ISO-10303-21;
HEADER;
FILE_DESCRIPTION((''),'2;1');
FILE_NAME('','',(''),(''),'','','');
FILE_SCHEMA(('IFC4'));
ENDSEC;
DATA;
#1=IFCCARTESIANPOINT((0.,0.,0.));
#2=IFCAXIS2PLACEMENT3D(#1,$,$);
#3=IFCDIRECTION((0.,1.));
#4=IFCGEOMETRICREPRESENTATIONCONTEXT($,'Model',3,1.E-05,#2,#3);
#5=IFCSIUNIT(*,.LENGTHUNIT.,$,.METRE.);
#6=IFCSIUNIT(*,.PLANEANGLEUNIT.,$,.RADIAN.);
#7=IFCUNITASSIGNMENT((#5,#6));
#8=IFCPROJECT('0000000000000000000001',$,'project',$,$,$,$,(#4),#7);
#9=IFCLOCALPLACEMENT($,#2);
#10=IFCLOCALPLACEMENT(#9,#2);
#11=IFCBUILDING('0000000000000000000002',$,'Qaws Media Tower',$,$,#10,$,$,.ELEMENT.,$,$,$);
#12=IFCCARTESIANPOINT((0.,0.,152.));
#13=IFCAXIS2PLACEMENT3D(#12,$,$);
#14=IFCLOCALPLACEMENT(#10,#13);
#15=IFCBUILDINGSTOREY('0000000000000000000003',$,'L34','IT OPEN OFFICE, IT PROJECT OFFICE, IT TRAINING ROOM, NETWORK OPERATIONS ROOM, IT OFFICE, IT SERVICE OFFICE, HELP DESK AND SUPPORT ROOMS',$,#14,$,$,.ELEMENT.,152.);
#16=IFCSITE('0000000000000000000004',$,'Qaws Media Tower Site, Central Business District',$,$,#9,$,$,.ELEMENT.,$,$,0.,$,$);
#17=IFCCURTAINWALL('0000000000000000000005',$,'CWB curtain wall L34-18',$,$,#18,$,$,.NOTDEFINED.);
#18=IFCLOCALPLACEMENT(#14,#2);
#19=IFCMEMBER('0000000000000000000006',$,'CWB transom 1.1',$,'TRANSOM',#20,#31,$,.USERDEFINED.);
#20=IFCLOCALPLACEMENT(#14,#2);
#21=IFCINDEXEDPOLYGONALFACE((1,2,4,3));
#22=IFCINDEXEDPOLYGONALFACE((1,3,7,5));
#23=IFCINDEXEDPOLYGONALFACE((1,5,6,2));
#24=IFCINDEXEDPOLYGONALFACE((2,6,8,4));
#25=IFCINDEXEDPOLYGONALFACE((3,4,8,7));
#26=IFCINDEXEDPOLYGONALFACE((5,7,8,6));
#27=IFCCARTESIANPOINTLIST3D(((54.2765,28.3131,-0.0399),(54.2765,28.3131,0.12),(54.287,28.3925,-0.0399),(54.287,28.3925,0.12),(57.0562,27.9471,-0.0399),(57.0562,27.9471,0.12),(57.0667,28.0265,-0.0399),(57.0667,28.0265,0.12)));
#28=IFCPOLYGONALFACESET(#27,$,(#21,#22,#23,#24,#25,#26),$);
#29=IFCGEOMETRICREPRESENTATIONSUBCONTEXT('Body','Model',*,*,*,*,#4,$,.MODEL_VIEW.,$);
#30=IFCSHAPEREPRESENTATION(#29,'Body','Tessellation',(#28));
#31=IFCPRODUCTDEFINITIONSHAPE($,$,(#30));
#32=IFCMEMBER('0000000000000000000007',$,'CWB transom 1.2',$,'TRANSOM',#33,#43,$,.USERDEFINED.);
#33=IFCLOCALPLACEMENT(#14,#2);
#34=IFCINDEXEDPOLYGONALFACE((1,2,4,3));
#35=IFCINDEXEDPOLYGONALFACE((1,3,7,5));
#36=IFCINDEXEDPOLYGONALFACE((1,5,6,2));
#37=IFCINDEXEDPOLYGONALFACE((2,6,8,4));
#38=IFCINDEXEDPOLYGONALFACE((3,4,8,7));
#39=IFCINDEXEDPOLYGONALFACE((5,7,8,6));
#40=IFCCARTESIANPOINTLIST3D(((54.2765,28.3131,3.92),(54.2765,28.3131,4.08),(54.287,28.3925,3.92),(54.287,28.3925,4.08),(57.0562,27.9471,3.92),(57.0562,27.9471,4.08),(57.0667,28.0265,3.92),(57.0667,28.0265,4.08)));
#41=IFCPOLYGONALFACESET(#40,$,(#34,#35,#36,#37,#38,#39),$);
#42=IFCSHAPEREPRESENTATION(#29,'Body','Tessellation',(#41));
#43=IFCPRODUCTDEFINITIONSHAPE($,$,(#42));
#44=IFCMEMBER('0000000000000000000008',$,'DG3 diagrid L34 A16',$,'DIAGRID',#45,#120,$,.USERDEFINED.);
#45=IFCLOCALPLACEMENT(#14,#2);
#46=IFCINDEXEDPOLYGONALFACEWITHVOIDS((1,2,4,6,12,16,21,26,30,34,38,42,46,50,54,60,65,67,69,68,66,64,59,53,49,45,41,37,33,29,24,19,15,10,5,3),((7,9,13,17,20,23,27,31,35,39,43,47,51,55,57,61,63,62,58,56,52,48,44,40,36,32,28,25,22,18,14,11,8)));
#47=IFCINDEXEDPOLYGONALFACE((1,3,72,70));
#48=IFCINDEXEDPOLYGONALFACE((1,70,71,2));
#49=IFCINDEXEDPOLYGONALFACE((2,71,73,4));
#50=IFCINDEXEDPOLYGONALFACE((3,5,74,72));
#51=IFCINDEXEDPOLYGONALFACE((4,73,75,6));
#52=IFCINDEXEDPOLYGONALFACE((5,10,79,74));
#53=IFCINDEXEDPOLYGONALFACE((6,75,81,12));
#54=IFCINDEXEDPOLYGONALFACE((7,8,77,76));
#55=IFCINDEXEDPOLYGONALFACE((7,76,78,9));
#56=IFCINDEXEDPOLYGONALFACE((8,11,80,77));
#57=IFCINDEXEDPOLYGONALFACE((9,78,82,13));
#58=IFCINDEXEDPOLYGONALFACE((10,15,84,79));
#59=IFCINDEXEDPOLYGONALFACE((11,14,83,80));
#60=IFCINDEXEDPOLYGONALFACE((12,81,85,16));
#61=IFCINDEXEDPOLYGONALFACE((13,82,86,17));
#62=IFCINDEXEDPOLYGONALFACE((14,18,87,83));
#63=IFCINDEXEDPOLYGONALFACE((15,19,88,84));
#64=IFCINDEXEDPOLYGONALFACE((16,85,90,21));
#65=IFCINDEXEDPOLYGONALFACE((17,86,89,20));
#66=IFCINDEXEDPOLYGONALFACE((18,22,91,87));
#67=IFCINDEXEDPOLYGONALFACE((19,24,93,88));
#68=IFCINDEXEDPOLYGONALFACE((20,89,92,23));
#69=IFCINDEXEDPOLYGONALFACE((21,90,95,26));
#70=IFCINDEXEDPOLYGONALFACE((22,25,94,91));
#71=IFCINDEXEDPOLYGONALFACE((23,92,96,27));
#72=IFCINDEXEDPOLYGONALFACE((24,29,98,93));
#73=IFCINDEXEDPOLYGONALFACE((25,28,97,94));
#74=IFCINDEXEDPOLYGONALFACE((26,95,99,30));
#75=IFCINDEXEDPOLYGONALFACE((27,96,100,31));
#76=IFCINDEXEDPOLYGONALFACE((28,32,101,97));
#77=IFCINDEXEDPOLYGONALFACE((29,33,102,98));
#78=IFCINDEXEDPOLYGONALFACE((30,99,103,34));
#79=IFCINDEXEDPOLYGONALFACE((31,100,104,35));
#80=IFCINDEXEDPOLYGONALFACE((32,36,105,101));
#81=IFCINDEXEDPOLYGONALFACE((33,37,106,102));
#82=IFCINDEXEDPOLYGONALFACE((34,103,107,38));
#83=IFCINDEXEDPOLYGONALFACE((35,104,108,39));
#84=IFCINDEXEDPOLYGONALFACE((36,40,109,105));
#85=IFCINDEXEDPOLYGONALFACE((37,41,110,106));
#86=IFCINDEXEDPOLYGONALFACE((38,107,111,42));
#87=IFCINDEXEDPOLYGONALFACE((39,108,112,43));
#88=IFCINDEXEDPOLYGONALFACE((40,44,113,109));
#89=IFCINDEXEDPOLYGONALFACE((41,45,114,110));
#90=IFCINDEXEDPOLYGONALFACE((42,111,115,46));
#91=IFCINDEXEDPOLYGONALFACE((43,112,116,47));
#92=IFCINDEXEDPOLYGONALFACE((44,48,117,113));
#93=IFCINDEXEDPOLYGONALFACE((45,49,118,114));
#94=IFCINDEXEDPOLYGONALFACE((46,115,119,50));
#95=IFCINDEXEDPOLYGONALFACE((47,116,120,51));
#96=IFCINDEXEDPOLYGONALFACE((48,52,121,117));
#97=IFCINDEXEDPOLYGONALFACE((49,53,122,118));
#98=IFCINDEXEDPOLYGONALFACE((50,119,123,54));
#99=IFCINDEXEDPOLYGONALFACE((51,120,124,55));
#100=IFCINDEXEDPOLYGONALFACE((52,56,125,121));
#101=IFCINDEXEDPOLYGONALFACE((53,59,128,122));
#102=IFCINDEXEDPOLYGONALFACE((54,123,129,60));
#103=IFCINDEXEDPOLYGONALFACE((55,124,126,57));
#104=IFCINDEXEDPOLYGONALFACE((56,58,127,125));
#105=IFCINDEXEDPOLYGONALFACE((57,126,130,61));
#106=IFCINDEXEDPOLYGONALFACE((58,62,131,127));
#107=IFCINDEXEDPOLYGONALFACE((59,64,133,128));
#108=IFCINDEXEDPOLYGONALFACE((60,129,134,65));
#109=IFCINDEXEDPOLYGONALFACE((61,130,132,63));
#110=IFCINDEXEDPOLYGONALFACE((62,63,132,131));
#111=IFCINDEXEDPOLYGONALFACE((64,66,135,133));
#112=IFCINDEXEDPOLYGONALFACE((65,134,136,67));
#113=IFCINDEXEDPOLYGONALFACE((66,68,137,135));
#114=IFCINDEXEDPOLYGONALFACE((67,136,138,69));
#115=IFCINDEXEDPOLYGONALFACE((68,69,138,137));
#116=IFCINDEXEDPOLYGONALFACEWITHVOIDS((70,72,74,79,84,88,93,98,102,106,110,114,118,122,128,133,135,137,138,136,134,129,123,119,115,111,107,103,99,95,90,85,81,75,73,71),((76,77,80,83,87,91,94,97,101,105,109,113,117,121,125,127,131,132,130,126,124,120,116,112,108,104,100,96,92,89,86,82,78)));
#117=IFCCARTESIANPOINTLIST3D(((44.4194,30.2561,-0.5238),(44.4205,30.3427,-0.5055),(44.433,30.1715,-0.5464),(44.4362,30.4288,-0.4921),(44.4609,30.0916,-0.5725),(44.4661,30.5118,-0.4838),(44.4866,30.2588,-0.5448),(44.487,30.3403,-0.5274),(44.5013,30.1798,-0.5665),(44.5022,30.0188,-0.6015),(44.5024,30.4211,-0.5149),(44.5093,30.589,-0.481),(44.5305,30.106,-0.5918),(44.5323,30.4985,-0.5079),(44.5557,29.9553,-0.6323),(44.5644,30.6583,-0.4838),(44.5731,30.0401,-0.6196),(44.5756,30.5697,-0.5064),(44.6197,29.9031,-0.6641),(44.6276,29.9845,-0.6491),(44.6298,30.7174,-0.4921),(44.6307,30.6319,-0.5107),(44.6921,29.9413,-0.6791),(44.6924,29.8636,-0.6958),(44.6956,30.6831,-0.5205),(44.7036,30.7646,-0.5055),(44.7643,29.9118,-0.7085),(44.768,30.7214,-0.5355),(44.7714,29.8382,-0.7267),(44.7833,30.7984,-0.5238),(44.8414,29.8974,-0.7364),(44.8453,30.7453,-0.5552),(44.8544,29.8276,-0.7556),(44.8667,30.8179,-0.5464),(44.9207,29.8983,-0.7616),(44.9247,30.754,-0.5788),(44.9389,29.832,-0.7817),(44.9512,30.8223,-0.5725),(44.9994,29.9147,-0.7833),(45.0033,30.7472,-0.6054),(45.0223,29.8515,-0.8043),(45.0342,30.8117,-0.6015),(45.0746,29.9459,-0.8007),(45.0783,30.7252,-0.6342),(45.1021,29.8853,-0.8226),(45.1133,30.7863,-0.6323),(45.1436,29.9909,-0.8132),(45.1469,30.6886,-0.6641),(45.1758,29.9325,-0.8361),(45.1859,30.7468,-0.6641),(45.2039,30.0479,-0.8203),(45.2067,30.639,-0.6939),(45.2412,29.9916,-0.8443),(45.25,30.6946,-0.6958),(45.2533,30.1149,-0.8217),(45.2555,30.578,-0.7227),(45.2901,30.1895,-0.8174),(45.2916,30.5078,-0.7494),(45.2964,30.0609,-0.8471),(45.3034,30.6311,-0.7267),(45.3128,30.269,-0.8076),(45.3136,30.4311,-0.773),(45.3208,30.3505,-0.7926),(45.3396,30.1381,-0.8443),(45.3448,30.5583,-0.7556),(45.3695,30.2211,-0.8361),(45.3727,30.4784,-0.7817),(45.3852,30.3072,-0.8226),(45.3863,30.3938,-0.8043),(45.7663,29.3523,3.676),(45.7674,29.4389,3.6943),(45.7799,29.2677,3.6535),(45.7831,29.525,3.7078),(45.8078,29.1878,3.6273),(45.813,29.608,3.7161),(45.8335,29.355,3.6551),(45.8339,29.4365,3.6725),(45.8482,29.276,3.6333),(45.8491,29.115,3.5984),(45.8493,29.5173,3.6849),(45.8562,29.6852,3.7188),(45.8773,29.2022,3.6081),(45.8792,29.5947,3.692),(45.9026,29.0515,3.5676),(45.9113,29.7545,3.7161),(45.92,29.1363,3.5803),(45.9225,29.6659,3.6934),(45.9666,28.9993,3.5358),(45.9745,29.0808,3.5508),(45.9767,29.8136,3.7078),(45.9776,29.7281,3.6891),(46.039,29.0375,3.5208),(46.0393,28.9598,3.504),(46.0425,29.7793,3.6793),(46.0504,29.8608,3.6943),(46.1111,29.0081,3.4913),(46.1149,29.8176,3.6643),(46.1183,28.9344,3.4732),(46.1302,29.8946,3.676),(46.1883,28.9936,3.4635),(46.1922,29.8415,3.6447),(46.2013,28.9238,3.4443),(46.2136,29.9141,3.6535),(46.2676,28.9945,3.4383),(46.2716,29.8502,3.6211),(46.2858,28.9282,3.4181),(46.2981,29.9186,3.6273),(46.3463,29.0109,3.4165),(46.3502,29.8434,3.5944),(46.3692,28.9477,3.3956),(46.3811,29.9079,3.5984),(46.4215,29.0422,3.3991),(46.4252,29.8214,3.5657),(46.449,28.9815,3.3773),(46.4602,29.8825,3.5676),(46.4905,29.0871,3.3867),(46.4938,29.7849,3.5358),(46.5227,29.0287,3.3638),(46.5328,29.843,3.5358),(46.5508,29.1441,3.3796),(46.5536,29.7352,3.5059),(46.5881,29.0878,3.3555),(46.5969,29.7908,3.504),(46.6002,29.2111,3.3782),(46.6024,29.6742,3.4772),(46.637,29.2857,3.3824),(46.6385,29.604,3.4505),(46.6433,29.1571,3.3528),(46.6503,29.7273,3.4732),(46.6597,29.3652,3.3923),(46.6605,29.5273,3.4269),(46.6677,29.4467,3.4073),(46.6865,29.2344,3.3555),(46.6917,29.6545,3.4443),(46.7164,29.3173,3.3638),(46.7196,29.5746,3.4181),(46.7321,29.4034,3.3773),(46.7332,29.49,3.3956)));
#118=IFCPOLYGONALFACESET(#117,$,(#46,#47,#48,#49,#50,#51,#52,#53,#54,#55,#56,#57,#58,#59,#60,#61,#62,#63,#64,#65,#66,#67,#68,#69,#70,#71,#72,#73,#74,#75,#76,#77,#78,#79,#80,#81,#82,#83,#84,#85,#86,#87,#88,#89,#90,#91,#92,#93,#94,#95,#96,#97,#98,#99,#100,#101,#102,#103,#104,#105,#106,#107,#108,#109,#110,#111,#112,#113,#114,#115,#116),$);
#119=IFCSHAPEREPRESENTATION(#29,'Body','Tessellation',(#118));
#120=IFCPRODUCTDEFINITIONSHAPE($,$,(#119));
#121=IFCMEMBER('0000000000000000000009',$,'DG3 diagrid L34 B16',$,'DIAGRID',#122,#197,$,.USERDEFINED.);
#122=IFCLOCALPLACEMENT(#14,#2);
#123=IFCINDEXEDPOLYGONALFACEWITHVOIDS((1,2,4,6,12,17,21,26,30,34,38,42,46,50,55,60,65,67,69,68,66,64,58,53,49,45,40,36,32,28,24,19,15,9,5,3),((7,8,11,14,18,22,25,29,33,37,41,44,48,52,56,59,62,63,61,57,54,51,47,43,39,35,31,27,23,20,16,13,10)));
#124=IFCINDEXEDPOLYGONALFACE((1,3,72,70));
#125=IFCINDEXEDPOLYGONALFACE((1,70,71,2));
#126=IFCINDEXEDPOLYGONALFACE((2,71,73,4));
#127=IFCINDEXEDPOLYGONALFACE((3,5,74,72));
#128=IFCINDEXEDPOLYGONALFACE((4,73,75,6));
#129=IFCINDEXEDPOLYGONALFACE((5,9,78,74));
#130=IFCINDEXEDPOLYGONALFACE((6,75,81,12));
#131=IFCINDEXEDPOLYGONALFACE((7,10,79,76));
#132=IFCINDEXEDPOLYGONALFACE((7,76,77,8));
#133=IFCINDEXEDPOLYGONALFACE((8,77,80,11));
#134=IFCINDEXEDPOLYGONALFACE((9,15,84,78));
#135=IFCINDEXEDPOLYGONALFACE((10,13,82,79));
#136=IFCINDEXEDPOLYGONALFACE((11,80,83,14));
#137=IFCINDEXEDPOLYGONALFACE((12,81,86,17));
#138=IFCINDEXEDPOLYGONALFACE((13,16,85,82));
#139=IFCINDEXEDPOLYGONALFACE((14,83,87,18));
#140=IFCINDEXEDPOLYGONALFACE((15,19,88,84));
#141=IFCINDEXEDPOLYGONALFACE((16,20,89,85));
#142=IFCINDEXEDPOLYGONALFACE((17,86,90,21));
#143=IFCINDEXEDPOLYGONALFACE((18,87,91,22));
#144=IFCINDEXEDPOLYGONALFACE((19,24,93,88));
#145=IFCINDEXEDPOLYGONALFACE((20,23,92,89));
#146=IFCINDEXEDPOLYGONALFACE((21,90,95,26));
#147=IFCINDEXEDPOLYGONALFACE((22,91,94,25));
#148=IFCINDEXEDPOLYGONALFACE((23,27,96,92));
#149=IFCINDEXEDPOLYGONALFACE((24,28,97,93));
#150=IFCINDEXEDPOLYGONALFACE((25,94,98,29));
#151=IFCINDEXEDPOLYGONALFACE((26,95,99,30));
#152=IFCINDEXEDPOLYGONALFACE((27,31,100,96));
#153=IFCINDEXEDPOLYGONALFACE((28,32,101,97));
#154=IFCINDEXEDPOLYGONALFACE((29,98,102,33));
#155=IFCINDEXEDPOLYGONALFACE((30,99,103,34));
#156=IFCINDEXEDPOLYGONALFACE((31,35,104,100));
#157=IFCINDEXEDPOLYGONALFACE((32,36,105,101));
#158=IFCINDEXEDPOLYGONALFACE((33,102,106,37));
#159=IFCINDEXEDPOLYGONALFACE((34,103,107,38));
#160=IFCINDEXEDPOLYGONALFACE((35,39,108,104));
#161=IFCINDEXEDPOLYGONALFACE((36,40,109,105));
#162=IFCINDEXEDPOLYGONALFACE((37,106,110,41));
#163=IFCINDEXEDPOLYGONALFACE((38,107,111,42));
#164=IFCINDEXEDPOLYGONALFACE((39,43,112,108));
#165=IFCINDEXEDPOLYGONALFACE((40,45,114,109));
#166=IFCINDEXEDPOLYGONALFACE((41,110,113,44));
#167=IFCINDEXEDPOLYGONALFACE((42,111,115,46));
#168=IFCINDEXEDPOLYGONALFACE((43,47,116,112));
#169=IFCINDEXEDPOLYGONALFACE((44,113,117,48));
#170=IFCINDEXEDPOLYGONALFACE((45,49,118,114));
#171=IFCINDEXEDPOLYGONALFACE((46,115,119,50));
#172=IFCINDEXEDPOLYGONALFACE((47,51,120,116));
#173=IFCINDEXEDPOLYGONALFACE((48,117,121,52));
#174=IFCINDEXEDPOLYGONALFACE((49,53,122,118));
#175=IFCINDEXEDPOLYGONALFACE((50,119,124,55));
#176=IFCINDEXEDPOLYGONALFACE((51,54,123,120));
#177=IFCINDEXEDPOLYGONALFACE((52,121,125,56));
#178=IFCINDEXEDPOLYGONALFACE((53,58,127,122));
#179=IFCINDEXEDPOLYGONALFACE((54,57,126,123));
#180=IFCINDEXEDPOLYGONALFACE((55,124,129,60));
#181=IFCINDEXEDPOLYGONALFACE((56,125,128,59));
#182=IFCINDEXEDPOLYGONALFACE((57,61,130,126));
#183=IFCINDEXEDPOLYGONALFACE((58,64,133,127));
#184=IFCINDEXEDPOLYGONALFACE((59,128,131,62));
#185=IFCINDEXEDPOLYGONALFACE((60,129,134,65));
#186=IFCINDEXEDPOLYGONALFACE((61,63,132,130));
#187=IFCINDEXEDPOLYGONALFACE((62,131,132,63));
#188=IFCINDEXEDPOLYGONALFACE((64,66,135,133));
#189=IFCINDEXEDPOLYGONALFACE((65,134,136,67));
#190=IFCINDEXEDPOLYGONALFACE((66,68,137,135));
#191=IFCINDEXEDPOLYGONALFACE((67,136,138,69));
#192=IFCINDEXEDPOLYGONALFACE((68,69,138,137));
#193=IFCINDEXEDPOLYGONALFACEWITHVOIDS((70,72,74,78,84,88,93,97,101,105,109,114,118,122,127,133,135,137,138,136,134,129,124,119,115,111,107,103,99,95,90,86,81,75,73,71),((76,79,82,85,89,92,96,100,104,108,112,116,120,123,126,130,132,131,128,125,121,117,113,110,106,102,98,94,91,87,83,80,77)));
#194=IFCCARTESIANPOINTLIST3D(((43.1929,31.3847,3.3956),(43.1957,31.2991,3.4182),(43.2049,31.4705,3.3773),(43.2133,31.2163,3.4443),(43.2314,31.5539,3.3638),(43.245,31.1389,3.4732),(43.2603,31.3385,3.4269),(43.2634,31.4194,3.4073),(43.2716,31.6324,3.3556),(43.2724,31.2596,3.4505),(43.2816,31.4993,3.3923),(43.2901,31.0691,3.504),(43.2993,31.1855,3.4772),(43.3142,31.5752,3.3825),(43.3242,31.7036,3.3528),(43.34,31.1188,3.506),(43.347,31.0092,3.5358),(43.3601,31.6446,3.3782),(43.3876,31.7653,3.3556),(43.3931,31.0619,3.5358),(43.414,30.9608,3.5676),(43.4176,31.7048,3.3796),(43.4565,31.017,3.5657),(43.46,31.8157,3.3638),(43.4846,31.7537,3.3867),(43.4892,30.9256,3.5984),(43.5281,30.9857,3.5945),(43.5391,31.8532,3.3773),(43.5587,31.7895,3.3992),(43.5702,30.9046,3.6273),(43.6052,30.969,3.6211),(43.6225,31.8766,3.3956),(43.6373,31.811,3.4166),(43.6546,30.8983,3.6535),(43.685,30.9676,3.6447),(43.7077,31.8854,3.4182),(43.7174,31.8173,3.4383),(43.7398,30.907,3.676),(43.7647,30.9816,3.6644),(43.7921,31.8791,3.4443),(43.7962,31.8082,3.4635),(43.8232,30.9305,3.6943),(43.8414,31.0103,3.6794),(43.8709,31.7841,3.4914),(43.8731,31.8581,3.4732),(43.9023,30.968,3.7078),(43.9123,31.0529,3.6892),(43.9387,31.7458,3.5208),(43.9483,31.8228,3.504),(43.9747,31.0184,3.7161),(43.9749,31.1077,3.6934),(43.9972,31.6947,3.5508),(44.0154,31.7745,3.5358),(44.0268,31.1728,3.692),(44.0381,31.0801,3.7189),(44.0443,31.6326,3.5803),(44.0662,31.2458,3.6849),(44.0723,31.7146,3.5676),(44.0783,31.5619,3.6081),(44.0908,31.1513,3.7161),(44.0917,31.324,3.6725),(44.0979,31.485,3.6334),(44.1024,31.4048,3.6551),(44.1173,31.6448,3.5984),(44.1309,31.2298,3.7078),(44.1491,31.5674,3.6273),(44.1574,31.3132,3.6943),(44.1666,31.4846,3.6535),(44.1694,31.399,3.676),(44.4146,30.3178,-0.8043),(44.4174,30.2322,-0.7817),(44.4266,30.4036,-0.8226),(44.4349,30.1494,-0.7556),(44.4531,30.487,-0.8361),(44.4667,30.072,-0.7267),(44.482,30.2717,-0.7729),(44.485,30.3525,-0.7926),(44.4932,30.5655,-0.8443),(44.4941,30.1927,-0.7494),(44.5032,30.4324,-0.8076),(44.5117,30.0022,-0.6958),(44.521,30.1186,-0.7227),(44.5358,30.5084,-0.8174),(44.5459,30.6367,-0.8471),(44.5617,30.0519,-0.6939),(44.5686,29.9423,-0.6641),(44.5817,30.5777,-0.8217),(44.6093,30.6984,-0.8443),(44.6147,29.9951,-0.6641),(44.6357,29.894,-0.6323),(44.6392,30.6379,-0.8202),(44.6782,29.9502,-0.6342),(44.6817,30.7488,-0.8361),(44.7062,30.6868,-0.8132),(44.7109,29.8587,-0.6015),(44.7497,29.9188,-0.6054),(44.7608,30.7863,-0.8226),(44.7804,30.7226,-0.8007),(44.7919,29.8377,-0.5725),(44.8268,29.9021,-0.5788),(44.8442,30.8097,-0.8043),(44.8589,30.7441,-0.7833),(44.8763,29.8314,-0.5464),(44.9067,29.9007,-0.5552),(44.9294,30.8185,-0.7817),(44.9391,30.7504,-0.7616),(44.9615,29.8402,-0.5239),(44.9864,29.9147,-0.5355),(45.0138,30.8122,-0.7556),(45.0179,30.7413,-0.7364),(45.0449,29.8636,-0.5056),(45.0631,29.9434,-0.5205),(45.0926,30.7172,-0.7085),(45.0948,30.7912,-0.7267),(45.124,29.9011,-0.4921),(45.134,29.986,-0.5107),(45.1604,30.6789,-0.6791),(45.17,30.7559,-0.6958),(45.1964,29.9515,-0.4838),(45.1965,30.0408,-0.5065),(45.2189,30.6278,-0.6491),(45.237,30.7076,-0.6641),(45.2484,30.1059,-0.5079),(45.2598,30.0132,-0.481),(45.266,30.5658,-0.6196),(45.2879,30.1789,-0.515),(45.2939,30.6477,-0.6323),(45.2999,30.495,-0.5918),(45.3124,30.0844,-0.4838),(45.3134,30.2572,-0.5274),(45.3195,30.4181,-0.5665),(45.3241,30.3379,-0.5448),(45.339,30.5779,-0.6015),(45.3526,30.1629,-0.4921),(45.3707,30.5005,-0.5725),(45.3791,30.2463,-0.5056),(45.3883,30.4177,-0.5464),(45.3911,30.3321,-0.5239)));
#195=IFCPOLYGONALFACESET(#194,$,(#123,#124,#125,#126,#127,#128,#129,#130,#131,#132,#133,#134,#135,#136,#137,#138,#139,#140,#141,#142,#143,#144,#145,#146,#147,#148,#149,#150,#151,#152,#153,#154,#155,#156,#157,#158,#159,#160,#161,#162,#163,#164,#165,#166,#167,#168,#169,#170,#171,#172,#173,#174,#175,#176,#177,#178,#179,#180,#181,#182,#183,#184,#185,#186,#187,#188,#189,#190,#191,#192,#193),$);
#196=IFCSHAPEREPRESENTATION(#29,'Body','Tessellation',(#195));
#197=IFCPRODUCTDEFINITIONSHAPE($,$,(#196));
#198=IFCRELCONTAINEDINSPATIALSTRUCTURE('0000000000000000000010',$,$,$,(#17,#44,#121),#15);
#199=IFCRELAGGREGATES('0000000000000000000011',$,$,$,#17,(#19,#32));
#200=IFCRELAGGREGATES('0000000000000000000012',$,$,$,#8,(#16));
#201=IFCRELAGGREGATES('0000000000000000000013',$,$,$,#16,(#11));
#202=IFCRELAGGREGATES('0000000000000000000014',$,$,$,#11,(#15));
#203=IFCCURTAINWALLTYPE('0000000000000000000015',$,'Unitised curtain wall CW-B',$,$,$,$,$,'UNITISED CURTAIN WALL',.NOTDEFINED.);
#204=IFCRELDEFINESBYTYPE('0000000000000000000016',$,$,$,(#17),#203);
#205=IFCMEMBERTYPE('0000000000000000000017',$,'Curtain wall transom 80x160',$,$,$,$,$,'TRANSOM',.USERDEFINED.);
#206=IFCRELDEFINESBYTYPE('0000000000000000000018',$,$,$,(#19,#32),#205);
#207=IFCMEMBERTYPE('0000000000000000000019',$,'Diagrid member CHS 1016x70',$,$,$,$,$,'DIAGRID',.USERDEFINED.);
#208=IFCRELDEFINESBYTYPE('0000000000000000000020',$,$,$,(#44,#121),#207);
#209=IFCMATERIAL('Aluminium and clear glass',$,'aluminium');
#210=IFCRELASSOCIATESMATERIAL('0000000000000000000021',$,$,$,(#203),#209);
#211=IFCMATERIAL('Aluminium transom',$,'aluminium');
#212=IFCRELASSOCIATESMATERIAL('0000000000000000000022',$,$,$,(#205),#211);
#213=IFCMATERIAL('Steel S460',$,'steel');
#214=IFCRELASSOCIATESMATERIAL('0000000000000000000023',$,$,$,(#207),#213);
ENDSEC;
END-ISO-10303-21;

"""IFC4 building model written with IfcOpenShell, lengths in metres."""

from ifc_helpers import new_model, si_unit, direction, frame, origin, origin_2d, place, context, subcontext, project, spatial, rectangle, hollow_circle, extrude, material, material_profile, profile_set, type_object, element, aggregate, save


model = new_model("IFC4")

# Units and contexts
model_context = context("Model", 3, precision=1e-05, world=origin(), true_north=direction((0.0, 1.0)))
body_context = subcontext(model_context, "Body", "Model", "MODEL_VIEW")
ifc_project = project(units=[si_unit("LENGTHUNIT", "METRE"), si_unit("PLANEANGLEUNIT", "RADIAN")], contexts=[model_context])

# Site, building, storey
site_placement = place(None, origin())
site = spatial("IfcSite", under=ifc_project, at=site_placement, Name="Qaws Media Tower Site, Central Business District", CompositionType="ELEMENT", RefElevation=0.0)
building_placement = place(site_placement, origin())
building = spatial("IfcBuilding", under=site, at=building_placement, Name="Qaws Media Tower", CompositionType="ELEMENT")
storey_placement = place(building_placement, frame((0.0, 0.0, 152.0)))
storey = spatial("IfcBuildingStorey", under=building, at=storey_placement, Name="L34", Description="IT OPEN OFFICE, IT PROJECT OFFICE, IT TRAINING ROOM, NETWORK OPERATIONS ROOM, IT OFFICE, IT SERVICE OFFICE, HELP DESK AND SUPPORT ROOMS", CompositionType="ELEMENT", Elevation=152.0)

# Shared definitions
ifc_material_1 = material(Name="Aluminium and clear glass", Category="aluminium")
curtain_wall_type = type_object("IfcCurtainWallType", Name="Unitised curtain wall CW-B", ElementType="UNITISED CURTAIN WALL", PredefinedType="NOTDEFINED", material=ifc_material_1)

# Curtain wall
curtain_wall_1_placement = place(storey_placement, origin())
curtain_wall_1 = element("IfcCurtainWall", 1, at=curtain_wall_1_placement, inside=storey, type_object=curtain_wall_type, Name="CWB curtain wall L34-18", PredefinedType="NOTDEFINED")

# Members
ifc_material_2 = material(Name="Aluminium transom", Category="aluminium")
ifc_material_profile_1 = material_profile(ifc_material_2, rectangle(XDim=0.0801, YDim=0.1599, at=origin_2d()), Name="80x160")
ifc_profile_set_1 = profile_set([ifc_material_profile_1], Name="Aluminium transom")
member_type_1 = type_object("IfcMemberType", Name="Curtain wall transom 80x160", ElementType="TRANSOM", PredefinedType="USERDEFINED", material=ifc_profile_set_1)
member_1_placement = place(storey_placement, frame((54.2817, 28.3528, 0.04), z_axis=(0.991445, -0.130527, 0.0), x_axis=(0.130527, 0.991445, 0.0)))
member_1 = element("IfcMember", 2, at=member_1_placement, type_object=member_type_1, Name="CWB transom 1.1", ObjectType="TRANSOM", PredefinedType="USERDEFINED", context=body_context, shape_type="SweptSolid", body=[
    extrude(rectangle(XDim=0.0801, YDim=0.1599, at=origin_2d()), origin(), (0.0, 0.0, 1.0), 2.8037),
])
member_2_placement = place(storey_placement, frame((54.2817, 28.3528, 4.0), z_axis=(0.991445, -0.130527, 0.0), x_axis=(0.130527, 0.991445, 0.0)))
member_2 = element("IfcMember", 3, at=member_2_placement, type_object=member_type_1, Name="CWB transom 1.2", ObjectType="TRANSOM", PredefinedType="USERDEFINED", context=body_context, shape_type="SweptSolid", body=[
    extrude(rectangle(XDim=0.0801, YDim=0.1599, at=origin_2d()), origin(), (0.0, 0.0, 1.0), 2.8037),
])
aggregate(curtain_wall_1, [member_1, member_2])

# Members
ifc_material_3 = material(Name="Steel S460", Category="steel")
ifc_material_profile_2 = material_profile(ifc_material_3, hollow_circle(Radius=0.5081, WallThickness=0.0701, at=origin_2d()), Name="CHS 1016x70")
ifc_profile_set_2 = profile_set([ifc_material_profile_2], Name="Steel S460")
member_type_2 = type_object("IfcMemberType", Name="Diagrid member CHS 1016x70", ElementType="DIAGRID", PredefinedType="USERDEFINED", material=ifc_profile_set_2)
for number, where, z_axis, x_axis, name in (
    (4, (44.9028, 30.325, -0.6641), (0.299164, -0.200744, 0.932847), (0.557199, 0.830379, 0.0), "DG3 diagrid L34 A16"),
    (5, (44.9028, 30.325, -0.6641), (-0.271348, 0.236969, 0.932854), (-0.65778, -0.75321, 0.0), "DG3 diagrid L34 B16"),
):
    element("IfcMember", number, at=place(storey_placement, frame(where, z_axis=z_axis, x_axis=x_axis)), inside=storey, type_object=member_type_2, Name=name, ObjectType="DIAGRID", PredefinedType="USERDEFINED", context=body_context, shape_type="SweptSolid", body=[
        extrude(hollow_circle(Radius=0.5081, WallThickness=0.0701, at=origin_2d()), origin(), (0.0, 0.0, 1.0), 4.5022),
    ])

save(model, "model.ifc")
